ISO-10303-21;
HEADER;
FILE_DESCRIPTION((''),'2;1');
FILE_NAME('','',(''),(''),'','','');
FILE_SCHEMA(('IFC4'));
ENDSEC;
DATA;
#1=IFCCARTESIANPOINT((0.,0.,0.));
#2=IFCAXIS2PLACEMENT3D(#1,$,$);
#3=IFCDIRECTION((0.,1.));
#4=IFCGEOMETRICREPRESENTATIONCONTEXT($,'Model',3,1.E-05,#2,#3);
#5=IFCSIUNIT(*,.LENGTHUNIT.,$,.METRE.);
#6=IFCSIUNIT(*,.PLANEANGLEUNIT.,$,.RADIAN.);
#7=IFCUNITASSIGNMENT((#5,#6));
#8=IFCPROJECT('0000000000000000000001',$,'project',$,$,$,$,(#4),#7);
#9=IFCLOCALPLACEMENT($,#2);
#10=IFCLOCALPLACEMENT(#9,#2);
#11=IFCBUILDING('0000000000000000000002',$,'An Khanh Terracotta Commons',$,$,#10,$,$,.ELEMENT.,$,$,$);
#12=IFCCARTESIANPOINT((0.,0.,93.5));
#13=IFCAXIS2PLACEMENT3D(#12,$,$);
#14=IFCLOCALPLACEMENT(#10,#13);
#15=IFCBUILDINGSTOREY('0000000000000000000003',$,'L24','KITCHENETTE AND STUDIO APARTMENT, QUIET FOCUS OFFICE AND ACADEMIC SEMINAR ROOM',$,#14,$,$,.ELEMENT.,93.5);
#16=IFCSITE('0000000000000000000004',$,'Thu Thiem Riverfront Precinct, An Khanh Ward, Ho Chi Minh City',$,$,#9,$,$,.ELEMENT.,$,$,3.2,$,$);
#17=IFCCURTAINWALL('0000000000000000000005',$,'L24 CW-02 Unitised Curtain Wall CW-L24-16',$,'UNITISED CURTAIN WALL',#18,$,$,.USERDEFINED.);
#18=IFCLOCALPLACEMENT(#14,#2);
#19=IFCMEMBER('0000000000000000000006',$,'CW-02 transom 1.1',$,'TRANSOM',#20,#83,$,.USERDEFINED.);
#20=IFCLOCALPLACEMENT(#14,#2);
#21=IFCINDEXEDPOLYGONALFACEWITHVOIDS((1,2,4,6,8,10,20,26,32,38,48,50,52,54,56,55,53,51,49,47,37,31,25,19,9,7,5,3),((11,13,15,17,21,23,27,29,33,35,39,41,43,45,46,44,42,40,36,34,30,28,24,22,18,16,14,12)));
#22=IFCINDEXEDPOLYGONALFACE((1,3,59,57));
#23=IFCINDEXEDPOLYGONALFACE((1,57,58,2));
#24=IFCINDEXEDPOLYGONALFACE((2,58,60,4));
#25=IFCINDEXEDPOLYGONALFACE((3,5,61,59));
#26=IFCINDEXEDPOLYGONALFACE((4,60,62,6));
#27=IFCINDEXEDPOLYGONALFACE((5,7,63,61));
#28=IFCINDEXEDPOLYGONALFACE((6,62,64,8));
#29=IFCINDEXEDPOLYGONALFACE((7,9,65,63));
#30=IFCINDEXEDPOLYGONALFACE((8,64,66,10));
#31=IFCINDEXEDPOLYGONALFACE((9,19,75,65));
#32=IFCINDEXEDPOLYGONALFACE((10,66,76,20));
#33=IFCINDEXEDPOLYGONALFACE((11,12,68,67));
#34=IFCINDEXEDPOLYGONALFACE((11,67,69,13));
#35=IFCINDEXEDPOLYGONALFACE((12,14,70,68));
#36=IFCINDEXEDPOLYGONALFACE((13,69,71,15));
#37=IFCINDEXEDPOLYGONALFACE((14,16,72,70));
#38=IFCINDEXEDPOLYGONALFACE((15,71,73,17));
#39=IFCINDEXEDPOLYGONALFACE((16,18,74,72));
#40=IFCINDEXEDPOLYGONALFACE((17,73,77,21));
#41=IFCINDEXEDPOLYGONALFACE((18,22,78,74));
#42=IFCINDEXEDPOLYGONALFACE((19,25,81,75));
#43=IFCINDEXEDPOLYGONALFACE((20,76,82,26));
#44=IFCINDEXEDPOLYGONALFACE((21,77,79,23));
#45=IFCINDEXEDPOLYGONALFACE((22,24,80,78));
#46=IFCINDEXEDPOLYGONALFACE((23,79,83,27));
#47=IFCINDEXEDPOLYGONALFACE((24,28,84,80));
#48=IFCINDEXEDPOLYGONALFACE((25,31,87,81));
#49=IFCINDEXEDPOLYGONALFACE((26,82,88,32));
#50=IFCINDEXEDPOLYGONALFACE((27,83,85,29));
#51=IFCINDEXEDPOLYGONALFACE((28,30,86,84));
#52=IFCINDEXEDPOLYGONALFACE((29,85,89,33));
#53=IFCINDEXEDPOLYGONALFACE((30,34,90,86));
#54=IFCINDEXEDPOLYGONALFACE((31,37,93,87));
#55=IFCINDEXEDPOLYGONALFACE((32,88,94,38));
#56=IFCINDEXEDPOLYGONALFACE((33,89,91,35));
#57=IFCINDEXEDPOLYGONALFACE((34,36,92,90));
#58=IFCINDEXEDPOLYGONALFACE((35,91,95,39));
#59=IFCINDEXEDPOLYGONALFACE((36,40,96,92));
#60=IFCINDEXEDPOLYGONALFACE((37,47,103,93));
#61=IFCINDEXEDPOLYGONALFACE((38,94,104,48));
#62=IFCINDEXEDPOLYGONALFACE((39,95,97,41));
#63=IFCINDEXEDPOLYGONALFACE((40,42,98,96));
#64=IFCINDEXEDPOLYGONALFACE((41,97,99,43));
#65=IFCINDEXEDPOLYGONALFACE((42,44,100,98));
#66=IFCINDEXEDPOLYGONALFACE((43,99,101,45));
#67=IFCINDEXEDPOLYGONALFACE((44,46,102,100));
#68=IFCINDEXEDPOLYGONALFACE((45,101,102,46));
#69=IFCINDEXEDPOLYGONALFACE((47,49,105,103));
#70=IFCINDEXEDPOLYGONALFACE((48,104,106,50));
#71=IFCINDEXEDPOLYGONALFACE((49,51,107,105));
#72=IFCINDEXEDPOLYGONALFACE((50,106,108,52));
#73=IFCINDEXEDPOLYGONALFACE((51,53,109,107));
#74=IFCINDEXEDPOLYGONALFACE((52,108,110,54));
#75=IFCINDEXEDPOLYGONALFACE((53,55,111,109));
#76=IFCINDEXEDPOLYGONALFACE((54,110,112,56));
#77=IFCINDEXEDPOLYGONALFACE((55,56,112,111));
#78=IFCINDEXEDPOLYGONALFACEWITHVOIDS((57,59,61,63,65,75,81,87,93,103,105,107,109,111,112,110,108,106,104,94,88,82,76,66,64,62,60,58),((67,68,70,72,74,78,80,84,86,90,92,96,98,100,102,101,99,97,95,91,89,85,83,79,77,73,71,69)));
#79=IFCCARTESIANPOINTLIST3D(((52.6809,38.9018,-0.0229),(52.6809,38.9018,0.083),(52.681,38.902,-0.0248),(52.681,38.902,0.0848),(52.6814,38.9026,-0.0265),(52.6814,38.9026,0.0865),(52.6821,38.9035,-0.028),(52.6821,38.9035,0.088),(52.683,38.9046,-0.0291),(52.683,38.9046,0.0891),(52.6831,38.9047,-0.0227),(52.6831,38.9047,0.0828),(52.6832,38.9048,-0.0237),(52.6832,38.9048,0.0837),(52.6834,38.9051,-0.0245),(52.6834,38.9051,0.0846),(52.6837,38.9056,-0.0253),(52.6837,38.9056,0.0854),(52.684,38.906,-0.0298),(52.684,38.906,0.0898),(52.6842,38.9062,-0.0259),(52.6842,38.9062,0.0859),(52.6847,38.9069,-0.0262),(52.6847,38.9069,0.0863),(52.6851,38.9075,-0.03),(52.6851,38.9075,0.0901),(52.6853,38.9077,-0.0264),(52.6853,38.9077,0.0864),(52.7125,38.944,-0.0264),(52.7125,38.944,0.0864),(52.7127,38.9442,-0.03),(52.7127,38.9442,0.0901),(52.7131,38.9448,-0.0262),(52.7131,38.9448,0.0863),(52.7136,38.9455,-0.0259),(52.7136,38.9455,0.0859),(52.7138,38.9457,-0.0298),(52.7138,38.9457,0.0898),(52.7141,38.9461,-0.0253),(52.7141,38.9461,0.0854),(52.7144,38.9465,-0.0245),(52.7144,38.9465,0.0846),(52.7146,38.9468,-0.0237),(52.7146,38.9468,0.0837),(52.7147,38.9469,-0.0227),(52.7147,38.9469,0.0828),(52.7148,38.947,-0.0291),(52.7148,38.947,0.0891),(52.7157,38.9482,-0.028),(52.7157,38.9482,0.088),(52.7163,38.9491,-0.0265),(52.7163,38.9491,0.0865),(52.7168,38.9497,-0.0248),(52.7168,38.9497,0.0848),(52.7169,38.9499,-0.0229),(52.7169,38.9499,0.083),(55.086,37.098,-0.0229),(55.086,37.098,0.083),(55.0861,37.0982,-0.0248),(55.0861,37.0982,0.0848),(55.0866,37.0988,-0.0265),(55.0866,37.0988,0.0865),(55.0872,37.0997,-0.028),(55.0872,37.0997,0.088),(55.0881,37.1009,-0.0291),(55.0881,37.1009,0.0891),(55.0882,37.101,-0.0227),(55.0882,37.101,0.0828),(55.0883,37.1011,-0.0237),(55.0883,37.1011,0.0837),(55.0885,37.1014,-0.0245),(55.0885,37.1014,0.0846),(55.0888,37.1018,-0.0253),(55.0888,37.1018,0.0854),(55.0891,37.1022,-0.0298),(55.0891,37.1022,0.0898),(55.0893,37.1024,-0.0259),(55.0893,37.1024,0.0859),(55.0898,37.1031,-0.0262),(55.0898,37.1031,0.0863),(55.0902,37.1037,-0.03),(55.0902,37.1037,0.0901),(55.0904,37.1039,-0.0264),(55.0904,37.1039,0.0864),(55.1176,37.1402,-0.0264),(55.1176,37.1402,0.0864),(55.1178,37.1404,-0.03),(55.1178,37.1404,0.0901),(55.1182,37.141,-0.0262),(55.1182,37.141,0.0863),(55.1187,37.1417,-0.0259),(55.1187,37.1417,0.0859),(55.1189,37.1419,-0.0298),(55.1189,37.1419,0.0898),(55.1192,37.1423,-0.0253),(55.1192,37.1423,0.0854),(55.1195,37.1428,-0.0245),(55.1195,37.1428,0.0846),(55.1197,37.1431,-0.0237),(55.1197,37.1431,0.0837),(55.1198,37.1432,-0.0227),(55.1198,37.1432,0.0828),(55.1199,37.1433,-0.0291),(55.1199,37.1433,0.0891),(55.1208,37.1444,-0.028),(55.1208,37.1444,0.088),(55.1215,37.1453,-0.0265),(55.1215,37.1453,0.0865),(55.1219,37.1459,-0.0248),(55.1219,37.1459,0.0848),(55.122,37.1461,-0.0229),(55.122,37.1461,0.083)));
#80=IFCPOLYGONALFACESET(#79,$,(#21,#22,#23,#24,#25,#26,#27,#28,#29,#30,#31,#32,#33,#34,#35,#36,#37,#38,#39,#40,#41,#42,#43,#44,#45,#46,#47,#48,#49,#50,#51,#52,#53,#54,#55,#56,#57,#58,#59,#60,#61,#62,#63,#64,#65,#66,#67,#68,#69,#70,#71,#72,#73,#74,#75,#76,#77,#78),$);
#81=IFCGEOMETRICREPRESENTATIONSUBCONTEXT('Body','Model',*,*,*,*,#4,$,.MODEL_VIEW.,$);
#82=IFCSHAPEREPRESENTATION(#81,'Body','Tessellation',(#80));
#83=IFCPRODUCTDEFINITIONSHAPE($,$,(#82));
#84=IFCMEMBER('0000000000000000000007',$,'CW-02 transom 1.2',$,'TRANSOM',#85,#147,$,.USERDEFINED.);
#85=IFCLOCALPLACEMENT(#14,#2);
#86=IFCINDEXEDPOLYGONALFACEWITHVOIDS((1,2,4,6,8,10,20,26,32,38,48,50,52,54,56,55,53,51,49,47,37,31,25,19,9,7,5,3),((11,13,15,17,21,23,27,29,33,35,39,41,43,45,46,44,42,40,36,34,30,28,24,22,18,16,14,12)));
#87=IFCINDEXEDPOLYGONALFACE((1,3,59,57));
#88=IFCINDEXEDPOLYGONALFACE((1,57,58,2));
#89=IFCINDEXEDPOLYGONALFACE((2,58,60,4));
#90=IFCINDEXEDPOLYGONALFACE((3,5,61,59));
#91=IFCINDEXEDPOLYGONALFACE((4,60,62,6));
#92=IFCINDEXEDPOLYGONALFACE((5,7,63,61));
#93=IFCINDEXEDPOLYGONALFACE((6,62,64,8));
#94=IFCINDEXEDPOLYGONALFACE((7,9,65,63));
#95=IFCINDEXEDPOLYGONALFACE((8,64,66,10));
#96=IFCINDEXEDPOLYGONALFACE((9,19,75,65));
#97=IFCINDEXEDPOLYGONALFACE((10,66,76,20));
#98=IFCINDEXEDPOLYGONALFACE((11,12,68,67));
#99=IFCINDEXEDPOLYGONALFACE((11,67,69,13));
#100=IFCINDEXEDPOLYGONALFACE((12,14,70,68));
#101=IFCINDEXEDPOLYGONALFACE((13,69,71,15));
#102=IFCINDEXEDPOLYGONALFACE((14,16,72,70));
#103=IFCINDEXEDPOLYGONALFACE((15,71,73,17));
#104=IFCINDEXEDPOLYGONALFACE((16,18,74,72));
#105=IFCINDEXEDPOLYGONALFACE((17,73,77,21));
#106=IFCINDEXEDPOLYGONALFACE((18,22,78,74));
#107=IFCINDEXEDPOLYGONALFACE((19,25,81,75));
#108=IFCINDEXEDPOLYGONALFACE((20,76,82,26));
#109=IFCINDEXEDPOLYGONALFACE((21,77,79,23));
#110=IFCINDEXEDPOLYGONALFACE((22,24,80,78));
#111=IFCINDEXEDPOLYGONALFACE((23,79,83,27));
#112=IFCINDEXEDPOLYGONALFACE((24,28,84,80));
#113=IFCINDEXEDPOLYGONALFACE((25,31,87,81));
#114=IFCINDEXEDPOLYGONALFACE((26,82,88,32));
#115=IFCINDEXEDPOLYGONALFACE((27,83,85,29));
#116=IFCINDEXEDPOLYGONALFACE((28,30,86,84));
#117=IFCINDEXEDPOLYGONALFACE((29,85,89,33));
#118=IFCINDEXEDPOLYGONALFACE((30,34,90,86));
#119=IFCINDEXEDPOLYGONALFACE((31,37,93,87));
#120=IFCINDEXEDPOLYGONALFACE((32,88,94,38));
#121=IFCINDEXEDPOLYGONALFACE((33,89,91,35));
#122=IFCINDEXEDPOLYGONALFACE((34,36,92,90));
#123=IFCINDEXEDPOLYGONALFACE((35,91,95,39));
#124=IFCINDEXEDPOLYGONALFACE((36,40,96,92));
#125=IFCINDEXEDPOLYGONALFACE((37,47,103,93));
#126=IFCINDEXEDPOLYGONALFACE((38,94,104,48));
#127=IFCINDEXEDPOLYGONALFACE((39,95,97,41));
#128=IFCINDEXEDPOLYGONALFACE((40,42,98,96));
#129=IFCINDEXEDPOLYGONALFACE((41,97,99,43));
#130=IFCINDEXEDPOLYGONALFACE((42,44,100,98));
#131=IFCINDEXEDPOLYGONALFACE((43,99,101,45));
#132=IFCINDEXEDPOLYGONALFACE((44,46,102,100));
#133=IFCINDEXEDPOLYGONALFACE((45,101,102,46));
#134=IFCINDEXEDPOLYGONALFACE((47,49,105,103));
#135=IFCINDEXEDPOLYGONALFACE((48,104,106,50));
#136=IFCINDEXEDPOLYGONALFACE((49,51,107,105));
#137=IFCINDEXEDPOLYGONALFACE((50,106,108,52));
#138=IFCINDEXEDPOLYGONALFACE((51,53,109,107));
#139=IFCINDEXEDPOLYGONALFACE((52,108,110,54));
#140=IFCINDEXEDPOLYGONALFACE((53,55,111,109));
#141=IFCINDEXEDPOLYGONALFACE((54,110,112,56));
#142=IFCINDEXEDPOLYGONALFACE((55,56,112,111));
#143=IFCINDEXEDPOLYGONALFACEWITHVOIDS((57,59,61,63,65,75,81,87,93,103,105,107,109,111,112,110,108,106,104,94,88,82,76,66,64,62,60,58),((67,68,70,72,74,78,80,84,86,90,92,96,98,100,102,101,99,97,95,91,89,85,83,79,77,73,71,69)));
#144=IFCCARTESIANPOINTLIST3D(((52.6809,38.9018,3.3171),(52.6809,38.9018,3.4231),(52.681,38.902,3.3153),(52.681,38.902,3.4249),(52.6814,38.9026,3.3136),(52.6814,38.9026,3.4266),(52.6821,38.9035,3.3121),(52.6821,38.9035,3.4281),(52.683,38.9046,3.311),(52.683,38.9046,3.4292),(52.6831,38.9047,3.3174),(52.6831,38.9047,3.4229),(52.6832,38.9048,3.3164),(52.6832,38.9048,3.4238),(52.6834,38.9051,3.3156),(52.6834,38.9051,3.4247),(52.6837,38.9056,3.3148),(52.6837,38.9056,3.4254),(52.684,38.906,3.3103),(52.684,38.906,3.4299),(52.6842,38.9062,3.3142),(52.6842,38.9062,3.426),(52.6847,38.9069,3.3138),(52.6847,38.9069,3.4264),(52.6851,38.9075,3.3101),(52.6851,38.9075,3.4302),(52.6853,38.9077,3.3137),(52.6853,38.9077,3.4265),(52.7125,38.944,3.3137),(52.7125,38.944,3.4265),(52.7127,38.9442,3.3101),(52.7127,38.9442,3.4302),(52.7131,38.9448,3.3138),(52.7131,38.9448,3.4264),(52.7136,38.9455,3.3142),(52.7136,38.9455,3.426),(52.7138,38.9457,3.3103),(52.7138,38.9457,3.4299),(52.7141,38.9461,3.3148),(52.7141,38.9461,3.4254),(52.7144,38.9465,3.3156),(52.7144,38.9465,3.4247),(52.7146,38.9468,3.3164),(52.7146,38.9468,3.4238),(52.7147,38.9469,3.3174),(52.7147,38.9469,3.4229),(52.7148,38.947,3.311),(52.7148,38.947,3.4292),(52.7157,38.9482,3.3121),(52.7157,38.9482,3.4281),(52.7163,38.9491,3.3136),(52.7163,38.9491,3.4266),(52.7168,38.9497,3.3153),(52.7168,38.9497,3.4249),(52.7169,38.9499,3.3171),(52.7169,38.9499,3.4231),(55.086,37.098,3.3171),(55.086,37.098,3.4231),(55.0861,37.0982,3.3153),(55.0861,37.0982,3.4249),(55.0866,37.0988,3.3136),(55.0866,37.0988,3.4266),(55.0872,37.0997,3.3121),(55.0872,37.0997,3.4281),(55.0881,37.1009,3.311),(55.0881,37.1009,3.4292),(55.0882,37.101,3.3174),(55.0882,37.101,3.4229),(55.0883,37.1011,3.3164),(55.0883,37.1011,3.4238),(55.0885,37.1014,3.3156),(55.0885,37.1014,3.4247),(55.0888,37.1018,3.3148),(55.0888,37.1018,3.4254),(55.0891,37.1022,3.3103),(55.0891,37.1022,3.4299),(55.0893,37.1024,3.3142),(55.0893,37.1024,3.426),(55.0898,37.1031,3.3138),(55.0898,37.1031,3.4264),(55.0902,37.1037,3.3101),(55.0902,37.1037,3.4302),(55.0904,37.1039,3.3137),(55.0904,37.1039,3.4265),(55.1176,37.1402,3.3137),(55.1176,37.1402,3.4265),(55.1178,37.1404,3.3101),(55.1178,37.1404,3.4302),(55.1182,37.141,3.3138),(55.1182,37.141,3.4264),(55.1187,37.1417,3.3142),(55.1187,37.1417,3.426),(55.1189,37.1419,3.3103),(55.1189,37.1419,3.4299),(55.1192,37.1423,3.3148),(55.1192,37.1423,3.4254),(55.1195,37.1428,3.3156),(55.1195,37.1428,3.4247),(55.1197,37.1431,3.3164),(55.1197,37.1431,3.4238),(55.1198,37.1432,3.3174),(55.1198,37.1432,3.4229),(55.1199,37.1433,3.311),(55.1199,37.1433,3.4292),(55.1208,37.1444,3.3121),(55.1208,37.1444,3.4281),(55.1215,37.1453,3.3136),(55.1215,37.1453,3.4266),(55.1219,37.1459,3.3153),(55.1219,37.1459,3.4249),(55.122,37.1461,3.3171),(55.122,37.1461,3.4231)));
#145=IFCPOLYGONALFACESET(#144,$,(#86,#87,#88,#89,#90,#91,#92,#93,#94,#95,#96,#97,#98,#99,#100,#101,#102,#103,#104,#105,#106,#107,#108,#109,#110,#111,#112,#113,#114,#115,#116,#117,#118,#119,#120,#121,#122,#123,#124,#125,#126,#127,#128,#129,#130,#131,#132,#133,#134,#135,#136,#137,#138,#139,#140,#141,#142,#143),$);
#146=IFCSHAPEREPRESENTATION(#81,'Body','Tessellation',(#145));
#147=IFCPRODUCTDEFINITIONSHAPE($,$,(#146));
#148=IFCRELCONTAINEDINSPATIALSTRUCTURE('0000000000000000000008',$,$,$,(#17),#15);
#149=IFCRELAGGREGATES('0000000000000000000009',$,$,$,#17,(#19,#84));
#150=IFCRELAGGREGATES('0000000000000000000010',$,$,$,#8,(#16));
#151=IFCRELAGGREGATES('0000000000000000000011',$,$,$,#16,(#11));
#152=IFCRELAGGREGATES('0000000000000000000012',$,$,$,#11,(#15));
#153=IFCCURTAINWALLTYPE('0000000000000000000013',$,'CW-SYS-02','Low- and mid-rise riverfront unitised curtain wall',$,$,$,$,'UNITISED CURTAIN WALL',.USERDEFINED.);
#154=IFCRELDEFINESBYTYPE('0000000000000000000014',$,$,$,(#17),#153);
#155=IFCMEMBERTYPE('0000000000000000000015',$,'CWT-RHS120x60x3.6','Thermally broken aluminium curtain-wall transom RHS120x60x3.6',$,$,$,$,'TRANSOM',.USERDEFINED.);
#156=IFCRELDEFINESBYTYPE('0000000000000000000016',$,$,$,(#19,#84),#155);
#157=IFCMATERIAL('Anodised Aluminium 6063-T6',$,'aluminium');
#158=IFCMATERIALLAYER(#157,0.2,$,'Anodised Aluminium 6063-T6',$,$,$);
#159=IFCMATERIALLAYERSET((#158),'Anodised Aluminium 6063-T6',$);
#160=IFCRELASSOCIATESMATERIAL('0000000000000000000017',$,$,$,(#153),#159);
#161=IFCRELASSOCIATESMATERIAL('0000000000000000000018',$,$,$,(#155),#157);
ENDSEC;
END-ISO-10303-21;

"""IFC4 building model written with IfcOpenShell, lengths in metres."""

from ifc_helpers import new_model, si_unit, direction, frame, origin, origin_2d, place, context, subcontext, project, spatial, hollow_rectangle, extrude, material, layer, layer_set, material_profile, profile_set, type_object, element, aggregate, save


model = new_model("IFC4")

# Units and contexts
model_context = context("Model", 3, precision=1e-05, world=origin(), true_north=direction((0.0, 1.0)))
body_context = subcontext(model_context, "Body", "Model", "MODEL_VIEW")
ifc_project = project(units=[si_unit("LENGTHUNIT", "METRE"), si_unit("PLANEANGLEUNIT", "RADIAN")], contexts=[model_context])

# Site, building, storey
site_placement = place(None, origin())
site = spatial("IfcSite", under=ifc_project, at=site_placement, Name="Thu Thiem Riverfront Precinct, An Khanh Ward, Ho Chi Minh City", CompositionType="ELEMENT", RefElevation=3.2)
building_placement = place(site_placement, origin())
building = spatial("IfcBuilding", under=site, at=building_placement, Name="An Khanh Terracotta Commons", CompositionType="ELEMENT")
storey_placement = place(building_placement, frame((0.0, 0.0, 93.5)))
storey = spatial("IfcBuildingStorey", under=building, at=storey_placement, Name="L24", Description="KITCHENETTE AND STUDIO APARTMENT, QUIET FOCUS OFFICE AND ACADEMIC SEMINAR ROOM", CompositionType="ELEMENT", Elevation=93.5)

# Curtain wall, members
ifc_material_1 = material(Name="Anodised Aluminium 6063-T6", Category="aluminium")
ifc_layer_1 = layer(ifc_material_1, 0.2, Name="Anodised Aluminium 6063-T6")
ifc_layer_set_1 = layer_set([ifc_layer_1], Name="Anodised Aluminium 6063-T6")
curtain_wall_type_1 = type_object("IfcCurtainWallType", Name="CW-SYS-02", Description="Low- and mid-rise riverfront unitised curtain wall", ElementType="UNITISED CURTAIN WALL", PredefinedType="USERDEFINED", material=ifc_layer_set_1)
curtain_wall_1_placement = place(storey_placement, origin())
curtain_wall_1 = element("IfcCurtainWall", 1, at=curtain_wall_1_placement, inside=storey, type_object=curtain_wall_type_1, Name="L24 CW-02 Unitised Curtain Wall CW-L24-16", ObjectType="UNITISED CURTAIN WALL", PredefinedType="USERDEFINED")
ifc_material_profile_1 = material_profile(ifc_material_1, hollow_rectangle(XDim=0.0601, YDim=0.1201, WallThickness=0.0037, InnerFilletRadius=0.0037, OuterFilletRadius=0.0071, at=origin_2d()), Name="RHS120x60x3.6")
ifc_profile_set_1 = profile_set([ifc_material_profile_1], Name="Anodised Aluminium 6063-T6")
member_type_1 = type_object("IfcMemberType", Name="CWT-RHS120x60x3.6", Description="Thermally broken aluminium curtain-wall transom RHS120x60x3.6", ElementType="TRANSOM", PredefinedType="USERDEFINED", material=ifc_profile_set_1)
member_1_placement = place(storey_placement, frame((55.104, 37.1221, 0.03), z_axis=(-0.80001, 0.599987, 0.0), x_axis=(-0.599987, -0.80001, 0.0)))
member_1 = element("IfcMember", 2, at=member_1_placement, type_object=member_type_1, Name="CW-02 transom 1.1", ObjectType="TRANSOM", PredefinedType="USERDEFINED", context=body_context, shape_type="SweptSolid", body=[
    extrude(hollow_rectangle(XDim=0.0601, YDim=0.1201, WallThickness=0.0037, InnerFilletRadius=0.0037, OuterFilletRadius=0.0071, at=origin_2d()), origin(), (0.0, 0.0, 1.0), 3.0063),
])
member_2_placement = place(storey_placement, frame((55.104, 37.1221, 3.3701), z_axis=(-0.80001, 0.599987, 0.0), x_axis=(-0.599987, -0.80001, 0.0)))
member_2 = element("IfcMember", 3, at=member_2_placement, type_object=member_type_1, Name="CW-02 transom 1.2", ObjectType="TRANSOM", PredefinedType="USERDEFINED", context=body_context, shape_type="SweptSolid", body=[
    extrude(hollow_rectangle(XDim=0.0601, YDim=0.1201, WallThickness=0.0037, InnerFilletRadius=0.0037, OuterFilletRadius=0.0071, at=origin_2d()), origin(), (0.0, 0.0, 1.0), 3.0063),
])

aggregate(curtain_wall_1, [member_1, member_2])

save(model, "model.ifc")
